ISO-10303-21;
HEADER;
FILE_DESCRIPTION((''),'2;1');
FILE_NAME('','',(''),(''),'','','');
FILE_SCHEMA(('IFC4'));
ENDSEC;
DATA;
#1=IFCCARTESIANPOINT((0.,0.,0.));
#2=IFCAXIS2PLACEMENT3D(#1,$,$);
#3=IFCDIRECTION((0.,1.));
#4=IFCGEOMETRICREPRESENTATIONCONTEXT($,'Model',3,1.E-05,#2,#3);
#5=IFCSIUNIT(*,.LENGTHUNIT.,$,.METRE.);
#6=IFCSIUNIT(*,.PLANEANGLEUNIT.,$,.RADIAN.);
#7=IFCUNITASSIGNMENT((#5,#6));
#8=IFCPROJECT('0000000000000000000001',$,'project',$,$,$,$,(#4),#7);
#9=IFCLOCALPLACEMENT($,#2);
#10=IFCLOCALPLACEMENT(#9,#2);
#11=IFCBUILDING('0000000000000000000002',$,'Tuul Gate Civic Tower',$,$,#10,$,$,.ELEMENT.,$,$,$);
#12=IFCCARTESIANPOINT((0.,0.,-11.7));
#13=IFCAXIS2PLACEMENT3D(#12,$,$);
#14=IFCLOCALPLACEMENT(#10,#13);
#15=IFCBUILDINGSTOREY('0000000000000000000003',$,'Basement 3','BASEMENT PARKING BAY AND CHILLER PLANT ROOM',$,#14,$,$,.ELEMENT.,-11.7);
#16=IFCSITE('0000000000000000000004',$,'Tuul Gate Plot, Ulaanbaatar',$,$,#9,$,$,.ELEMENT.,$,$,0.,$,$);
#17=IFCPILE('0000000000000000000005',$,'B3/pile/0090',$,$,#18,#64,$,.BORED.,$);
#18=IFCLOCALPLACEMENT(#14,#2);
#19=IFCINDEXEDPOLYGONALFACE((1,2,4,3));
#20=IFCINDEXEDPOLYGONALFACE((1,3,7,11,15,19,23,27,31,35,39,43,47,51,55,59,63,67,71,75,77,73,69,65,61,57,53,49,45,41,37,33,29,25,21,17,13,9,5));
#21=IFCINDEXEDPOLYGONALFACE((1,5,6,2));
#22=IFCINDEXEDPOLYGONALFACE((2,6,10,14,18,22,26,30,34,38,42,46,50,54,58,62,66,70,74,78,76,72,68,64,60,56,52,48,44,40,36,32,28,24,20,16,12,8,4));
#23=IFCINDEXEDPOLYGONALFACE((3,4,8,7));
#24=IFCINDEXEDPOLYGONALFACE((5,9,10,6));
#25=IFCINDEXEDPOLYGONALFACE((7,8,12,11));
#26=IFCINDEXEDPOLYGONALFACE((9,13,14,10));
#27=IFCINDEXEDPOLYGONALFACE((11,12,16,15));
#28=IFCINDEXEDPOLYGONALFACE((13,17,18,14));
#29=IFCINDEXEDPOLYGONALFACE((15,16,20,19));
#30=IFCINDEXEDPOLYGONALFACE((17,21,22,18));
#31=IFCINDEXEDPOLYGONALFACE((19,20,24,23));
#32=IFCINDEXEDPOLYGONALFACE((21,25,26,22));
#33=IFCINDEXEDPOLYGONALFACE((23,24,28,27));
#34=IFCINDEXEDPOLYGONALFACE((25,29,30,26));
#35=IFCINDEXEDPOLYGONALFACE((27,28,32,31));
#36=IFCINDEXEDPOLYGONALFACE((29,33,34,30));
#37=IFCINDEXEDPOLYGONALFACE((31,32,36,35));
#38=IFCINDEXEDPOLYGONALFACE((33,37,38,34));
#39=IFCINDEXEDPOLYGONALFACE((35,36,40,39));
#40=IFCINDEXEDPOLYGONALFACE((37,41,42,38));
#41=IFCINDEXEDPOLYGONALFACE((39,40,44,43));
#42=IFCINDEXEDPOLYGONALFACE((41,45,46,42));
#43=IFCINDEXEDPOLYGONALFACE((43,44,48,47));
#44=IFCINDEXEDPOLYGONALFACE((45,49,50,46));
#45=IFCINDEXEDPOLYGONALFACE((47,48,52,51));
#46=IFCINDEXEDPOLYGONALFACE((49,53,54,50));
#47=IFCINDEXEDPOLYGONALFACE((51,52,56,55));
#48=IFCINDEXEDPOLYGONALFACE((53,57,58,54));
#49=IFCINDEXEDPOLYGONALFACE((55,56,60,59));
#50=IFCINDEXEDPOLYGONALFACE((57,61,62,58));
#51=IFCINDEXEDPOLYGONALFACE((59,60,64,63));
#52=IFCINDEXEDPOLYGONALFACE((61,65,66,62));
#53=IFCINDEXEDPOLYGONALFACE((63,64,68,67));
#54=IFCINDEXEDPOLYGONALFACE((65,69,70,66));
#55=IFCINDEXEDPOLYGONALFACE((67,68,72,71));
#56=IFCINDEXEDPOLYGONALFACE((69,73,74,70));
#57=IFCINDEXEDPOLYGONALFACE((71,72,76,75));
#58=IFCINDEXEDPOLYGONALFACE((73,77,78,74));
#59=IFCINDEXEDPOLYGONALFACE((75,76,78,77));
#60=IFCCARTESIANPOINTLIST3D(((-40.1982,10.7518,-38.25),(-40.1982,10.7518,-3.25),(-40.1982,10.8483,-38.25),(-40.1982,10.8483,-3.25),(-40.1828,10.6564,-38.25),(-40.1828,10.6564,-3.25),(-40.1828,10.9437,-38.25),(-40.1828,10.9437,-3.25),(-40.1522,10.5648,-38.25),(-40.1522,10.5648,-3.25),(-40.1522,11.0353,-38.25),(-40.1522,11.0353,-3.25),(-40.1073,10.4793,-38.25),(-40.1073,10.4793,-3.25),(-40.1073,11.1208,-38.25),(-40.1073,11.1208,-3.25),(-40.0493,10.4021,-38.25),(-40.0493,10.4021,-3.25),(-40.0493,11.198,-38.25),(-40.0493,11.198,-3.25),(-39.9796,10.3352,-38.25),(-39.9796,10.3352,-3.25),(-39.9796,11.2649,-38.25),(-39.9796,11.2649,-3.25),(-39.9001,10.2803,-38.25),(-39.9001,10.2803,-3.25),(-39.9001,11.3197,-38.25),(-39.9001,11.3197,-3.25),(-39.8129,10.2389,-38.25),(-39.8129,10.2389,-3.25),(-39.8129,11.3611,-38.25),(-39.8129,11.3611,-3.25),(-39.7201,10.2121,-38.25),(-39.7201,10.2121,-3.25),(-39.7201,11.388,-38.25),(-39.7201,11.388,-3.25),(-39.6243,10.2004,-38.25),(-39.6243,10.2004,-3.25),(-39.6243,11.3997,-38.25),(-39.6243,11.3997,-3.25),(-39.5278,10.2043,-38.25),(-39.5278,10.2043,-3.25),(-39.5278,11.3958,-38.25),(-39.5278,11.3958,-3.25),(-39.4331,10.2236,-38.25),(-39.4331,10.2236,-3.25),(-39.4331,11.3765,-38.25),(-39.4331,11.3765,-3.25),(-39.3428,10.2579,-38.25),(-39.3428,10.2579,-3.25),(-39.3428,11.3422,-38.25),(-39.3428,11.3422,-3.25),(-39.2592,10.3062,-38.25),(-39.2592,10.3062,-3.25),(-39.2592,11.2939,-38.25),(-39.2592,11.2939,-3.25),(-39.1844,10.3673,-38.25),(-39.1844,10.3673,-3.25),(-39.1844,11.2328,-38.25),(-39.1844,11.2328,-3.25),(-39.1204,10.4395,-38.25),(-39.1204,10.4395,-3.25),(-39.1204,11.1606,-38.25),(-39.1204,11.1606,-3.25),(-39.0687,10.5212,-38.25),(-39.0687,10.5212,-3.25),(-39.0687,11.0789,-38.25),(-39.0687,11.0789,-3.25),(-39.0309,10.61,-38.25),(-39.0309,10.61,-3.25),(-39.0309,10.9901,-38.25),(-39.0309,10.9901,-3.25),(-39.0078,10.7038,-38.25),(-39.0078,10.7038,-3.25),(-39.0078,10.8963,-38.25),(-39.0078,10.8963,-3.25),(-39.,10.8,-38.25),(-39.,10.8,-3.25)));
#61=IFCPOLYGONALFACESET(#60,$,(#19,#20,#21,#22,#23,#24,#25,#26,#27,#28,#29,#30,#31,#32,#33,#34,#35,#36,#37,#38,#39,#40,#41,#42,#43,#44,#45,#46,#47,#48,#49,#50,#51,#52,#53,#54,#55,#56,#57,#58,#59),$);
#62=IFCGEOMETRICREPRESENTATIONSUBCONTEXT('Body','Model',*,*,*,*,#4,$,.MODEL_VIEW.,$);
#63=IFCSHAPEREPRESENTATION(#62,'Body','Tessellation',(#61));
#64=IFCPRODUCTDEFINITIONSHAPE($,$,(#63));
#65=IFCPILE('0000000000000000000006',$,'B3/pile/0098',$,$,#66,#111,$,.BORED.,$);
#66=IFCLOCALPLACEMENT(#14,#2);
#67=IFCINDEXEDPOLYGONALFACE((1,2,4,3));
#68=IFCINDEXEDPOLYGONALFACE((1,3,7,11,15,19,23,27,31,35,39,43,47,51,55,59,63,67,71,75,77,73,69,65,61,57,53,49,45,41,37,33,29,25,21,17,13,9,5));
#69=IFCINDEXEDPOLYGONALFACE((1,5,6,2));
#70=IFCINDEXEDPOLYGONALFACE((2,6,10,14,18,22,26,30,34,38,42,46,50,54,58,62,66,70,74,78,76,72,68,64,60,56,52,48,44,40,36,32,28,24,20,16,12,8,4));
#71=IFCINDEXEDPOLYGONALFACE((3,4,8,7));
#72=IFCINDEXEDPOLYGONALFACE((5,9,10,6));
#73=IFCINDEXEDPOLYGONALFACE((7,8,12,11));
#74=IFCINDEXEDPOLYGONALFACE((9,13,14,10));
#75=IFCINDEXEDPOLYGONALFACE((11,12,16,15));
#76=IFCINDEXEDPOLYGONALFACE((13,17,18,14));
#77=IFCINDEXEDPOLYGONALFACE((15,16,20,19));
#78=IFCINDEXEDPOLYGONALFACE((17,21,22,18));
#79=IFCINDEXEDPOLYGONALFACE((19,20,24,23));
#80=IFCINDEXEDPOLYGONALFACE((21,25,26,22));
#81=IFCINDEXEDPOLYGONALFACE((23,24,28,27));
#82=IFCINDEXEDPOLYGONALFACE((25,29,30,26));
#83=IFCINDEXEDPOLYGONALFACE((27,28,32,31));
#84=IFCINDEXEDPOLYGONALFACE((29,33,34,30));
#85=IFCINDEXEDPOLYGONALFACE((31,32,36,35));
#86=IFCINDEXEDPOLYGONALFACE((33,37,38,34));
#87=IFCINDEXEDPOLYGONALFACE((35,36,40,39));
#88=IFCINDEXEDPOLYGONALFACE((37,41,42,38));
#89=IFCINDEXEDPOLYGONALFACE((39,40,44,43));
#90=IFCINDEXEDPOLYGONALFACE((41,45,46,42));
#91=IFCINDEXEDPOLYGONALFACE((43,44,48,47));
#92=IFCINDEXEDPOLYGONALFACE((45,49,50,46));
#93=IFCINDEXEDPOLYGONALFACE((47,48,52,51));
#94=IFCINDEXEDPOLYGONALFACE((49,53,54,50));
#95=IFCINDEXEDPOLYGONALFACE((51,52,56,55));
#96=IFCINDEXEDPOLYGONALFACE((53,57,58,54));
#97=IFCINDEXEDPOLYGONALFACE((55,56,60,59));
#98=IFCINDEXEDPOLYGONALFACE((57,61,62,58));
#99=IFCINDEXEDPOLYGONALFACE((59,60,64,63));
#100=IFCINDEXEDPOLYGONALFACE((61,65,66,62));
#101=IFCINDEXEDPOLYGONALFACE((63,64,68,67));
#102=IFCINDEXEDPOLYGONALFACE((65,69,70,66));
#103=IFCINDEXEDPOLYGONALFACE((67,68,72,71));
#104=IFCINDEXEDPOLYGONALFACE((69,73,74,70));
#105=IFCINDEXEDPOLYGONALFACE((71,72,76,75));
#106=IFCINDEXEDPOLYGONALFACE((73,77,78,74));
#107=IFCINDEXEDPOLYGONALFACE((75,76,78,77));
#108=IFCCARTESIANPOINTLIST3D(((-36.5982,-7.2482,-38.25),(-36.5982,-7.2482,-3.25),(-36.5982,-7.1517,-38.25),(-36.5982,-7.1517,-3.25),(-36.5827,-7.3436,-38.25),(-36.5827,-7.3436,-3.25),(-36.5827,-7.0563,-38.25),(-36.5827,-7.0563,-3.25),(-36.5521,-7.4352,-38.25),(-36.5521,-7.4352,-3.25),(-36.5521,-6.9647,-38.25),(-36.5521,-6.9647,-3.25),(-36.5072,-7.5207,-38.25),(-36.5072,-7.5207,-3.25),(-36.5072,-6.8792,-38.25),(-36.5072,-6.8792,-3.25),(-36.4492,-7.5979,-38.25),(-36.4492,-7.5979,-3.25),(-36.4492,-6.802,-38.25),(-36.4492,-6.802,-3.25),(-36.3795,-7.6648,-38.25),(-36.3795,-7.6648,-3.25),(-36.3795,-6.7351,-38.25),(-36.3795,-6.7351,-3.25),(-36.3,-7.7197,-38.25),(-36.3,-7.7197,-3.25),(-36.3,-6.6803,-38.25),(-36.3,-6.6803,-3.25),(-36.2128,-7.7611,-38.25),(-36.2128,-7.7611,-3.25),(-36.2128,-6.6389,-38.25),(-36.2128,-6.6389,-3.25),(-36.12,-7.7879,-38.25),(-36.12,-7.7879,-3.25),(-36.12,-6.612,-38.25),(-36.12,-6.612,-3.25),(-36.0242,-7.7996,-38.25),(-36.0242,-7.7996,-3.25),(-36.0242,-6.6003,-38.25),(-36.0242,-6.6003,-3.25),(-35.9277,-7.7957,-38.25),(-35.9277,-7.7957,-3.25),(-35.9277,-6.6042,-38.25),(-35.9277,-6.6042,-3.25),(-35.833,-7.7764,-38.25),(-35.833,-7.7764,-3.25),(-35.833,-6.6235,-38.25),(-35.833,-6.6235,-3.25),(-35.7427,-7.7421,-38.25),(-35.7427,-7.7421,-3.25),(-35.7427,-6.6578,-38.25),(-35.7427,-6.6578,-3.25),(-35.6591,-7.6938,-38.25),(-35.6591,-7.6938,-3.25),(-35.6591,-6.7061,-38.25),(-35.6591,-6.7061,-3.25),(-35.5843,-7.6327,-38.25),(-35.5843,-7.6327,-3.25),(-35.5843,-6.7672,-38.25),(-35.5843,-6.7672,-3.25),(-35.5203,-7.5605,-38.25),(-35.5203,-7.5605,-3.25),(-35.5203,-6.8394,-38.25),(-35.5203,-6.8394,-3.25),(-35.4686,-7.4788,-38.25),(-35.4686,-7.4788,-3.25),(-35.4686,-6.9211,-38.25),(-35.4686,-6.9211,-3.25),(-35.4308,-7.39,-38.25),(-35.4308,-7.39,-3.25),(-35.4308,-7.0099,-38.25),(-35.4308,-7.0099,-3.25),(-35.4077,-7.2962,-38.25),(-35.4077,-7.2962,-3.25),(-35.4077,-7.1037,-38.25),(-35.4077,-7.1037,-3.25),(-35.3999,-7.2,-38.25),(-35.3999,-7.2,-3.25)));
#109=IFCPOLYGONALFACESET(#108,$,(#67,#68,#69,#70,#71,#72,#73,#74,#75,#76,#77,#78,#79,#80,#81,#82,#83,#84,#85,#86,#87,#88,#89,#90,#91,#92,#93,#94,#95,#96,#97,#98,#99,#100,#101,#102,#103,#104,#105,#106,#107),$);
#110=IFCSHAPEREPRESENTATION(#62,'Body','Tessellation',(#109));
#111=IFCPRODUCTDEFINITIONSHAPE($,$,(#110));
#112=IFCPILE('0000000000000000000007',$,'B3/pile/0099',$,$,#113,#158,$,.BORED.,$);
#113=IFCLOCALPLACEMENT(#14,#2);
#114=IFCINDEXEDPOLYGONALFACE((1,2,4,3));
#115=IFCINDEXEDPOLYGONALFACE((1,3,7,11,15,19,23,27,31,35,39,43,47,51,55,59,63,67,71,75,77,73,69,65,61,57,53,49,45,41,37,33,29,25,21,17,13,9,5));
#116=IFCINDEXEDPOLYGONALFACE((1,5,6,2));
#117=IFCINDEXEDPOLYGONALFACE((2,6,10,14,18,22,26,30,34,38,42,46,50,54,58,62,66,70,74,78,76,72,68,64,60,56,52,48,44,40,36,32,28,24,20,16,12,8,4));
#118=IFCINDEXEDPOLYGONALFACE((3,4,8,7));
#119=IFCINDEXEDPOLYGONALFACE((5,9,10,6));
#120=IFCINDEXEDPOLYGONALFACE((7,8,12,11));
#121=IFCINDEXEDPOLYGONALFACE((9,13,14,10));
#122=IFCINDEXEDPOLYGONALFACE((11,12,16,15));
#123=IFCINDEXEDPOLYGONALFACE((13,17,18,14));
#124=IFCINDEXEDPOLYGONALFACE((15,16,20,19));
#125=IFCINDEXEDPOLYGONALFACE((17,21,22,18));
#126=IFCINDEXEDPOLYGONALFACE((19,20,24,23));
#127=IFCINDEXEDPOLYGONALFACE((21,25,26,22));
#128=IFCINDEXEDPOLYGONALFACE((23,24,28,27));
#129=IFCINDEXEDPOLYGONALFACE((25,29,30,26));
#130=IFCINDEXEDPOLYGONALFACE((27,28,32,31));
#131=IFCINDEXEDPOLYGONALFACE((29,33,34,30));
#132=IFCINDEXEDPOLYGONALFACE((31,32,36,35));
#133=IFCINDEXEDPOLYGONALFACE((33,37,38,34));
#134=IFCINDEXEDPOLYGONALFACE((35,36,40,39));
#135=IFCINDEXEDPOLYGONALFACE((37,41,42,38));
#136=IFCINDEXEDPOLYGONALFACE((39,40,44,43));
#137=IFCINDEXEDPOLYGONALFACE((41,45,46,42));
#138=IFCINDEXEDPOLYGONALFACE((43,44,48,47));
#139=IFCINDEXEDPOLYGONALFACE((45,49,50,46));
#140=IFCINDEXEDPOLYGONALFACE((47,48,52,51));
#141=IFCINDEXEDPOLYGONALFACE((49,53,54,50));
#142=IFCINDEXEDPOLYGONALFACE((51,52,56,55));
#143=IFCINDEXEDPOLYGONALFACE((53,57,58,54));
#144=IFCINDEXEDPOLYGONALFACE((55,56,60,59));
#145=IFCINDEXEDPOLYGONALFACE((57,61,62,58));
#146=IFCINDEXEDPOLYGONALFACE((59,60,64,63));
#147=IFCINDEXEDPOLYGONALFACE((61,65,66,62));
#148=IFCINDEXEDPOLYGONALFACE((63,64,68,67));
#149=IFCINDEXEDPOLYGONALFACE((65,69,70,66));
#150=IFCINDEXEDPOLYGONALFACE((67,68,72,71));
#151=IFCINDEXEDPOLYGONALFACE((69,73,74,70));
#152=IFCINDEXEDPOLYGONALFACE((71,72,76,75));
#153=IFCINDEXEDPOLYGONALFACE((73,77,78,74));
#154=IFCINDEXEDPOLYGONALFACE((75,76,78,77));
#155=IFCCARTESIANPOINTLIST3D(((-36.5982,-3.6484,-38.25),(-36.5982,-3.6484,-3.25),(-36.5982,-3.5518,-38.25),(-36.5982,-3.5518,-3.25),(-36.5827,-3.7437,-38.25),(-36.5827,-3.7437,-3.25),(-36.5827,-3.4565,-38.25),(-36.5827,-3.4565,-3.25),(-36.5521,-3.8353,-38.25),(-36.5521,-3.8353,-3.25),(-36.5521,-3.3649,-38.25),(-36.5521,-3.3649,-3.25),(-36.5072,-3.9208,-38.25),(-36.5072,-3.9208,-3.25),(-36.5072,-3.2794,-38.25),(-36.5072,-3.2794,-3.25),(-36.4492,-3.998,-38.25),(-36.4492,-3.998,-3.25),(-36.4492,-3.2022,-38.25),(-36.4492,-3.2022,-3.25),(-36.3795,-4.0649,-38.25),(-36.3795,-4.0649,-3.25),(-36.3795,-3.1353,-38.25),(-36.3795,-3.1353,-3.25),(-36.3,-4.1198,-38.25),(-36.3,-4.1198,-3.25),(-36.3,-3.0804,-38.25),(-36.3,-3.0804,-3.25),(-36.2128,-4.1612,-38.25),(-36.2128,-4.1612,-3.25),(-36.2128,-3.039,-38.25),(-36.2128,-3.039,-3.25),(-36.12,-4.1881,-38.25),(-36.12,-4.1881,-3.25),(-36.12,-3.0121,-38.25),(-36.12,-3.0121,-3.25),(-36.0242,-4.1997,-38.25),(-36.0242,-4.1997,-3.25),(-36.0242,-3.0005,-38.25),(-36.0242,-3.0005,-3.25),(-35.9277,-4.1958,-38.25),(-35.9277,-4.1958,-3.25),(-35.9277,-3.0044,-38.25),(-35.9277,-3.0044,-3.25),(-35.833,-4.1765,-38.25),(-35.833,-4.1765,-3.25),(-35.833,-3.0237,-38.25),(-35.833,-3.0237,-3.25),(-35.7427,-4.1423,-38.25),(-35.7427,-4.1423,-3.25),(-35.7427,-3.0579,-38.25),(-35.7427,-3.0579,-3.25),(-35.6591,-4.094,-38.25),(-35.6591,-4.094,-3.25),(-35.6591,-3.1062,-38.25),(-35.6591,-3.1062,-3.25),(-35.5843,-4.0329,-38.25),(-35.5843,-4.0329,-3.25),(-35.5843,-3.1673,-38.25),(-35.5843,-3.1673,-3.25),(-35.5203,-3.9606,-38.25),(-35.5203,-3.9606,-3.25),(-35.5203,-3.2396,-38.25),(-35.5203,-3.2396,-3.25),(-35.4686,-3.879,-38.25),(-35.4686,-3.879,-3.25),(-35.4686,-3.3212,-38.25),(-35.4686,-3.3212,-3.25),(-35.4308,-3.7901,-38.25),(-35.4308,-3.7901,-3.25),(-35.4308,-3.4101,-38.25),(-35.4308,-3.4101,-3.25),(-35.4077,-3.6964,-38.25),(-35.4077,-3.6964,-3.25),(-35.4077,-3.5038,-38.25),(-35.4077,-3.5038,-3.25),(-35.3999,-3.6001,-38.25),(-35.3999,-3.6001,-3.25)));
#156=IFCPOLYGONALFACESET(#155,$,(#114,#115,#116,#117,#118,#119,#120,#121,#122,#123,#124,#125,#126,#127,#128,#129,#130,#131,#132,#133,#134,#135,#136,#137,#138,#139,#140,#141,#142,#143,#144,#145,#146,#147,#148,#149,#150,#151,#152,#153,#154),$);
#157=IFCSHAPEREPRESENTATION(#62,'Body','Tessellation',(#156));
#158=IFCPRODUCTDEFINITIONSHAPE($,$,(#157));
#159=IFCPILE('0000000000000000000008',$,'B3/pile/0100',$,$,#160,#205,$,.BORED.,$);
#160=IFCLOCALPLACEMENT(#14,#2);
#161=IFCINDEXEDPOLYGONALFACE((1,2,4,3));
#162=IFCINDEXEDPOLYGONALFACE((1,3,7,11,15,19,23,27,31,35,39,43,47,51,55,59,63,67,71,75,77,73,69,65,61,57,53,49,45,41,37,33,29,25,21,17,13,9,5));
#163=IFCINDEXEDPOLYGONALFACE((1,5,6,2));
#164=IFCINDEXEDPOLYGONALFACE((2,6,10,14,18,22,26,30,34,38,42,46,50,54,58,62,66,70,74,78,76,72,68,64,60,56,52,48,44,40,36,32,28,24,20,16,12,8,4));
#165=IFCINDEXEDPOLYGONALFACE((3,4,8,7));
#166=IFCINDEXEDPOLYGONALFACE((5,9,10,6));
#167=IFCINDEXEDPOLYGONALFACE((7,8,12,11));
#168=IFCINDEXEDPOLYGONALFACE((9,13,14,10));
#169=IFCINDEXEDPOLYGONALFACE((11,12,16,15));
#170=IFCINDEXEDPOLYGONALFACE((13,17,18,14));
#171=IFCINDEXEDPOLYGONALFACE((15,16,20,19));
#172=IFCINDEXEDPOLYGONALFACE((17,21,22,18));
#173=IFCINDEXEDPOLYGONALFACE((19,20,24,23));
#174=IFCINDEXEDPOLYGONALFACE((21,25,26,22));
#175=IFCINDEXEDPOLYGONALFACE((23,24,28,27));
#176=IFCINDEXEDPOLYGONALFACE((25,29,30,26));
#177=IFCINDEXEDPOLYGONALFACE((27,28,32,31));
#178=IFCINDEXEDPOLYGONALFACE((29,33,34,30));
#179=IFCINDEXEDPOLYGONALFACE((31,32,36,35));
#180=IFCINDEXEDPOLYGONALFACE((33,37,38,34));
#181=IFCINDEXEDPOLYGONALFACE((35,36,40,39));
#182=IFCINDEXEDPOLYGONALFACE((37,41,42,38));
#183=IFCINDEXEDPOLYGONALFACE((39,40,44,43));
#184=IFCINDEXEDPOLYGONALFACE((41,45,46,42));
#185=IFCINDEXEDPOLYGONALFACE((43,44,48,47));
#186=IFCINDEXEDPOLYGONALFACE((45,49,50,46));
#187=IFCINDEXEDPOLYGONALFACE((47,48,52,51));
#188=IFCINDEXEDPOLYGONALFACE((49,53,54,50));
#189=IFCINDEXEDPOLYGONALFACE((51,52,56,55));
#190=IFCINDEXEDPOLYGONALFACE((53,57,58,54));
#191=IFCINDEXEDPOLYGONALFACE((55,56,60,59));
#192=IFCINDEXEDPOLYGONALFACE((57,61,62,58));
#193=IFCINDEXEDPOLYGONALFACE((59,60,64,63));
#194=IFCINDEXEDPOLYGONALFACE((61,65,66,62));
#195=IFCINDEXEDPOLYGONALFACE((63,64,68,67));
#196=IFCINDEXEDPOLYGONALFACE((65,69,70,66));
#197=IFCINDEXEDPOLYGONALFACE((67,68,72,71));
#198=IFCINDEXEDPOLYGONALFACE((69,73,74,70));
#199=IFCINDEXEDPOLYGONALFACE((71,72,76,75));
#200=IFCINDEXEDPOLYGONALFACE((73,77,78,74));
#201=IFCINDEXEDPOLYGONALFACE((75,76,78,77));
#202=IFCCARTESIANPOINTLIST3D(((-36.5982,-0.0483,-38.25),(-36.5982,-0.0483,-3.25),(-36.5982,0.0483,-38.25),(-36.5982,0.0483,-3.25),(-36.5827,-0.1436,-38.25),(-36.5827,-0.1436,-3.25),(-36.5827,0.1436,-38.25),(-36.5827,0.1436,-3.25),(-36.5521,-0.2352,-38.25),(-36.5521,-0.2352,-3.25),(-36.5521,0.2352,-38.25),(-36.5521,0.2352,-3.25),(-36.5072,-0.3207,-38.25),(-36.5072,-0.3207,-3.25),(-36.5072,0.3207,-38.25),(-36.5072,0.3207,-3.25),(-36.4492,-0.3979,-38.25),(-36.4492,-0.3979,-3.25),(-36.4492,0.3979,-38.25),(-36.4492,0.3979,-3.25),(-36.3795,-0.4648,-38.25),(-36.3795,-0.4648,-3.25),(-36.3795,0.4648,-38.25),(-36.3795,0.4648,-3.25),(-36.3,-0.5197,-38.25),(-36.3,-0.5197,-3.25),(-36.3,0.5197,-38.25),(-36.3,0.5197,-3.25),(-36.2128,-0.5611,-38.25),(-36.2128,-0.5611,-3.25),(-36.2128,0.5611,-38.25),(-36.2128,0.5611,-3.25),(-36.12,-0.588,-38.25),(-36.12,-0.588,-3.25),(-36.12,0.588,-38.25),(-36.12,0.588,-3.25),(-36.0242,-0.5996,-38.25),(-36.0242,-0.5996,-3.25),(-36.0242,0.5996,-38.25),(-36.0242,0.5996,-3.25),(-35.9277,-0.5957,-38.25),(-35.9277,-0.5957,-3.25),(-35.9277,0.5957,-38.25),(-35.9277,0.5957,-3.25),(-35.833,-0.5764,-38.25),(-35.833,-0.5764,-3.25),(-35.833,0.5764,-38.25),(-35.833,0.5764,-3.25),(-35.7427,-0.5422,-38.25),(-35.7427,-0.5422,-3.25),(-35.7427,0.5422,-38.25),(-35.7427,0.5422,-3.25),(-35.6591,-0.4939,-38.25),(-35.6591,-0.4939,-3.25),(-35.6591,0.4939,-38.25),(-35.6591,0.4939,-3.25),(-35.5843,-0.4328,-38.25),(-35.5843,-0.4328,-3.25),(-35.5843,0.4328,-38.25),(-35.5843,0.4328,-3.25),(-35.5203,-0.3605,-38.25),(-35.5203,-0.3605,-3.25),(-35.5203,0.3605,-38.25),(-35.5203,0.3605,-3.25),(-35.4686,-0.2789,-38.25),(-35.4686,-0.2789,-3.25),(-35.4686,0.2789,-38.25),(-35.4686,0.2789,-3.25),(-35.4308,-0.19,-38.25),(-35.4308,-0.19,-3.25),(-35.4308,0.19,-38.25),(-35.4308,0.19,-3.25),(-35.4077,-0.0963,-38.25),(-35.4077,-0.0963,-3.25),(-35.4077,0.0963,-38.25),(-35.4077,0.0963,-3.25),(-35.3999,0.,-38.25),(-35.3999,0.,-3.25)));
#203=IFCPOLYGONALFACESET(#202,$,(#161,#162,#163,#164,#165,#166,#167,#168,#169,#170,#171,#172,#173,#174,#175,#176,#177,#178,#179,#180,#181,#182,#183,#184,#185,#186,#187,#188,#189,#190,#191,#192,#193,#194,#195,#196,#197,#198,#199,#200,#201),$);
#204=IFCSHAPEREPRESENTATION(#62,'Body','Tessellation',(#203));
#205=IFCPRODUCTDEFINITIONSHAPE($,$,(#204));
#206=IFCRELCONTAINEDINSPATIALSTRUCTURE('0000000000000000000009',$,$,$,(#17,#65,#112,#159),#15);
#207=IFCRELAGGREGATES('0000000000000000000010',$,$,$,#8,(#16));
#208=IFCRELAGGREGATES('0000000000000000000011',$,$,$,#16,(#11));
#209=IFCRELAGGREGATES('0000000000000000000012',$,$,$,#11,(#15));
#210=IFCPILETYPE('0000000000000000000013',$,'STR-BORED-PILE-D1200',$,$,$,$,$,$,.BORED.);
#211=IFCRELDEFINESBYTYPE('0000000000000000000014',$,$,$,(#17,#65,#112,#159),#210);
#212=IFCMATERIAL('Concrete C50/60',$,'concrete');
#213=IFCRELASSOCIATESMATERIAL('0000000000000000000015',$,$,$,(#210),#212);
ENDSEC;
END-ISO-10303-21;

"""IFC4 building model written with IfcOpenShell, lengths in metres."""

from ifc_helpers import new_model, si_unit, direction, frame, origin, origin_2d, place, context, subcontext, project, spatial, circle, extrude, material, material_profile, profile_set, type_object, element, save


model = new_model("IFC4")

# Units and contexts
model_context = context("Model", 3, precision=1e-05, world=origin(), true_north=direction((0.0, 1.0)))
body_context = subcontext(model_context, "Body", "Model", "MODEL_VIEW")
ifc_project = project(units=[si_unit("LENGTHUNIT", "METRE"), si_unit("PLANEANGLEUNIT", "RADIAN")], contexts=[model_context])

# Site, building, storey
site_placement = place(None, origin())
site = spatial("IfcSite", under=ifc_project, at=site_placement, Name="Tuul Gate Plot, Ulaanbaatar", CompositionType="ELEMENT", RefElevation=0.0)
building_placement = place(site_placement, origin())
building = spatial("IfcBuilding", under=site, at=building_placement, Name="Tuul Gate Civic Tower", CompositionType="ELEMENT")
storey_placement = place(building_placement, frame((0.0, 0.0, -11.7)))
storey = spatial("IfcBuildingStorey", under=building, at=storey_placement, Name="Basement 3", Description="BASEMENT PARKING BAY AND CHILLER PLANT ROOM", CompositionType="ELEMENT", Elevation=-11.7)

# Piles
ifc_material_1 = material(Name="Concrete C50/60", Category="concrete")
ifc_material_profile_1 = material_profile(ifc_material_1, circle(Radius=0.6001, at=origin_2d()), Name="PILE1200")
ifc_profile_set_1 = profile_set([ifc_material_profile_1], Name="Concrete C50/60")
pile_type = type_object("IfcPileType", Name="STR-BORED-PILE-D1200", PredefinedType="BORED", material=ifc_profile_set_1)
for number, where, z_axis, x_axis, name in (
    (1, (-39.6001, 10.8, -3.25), (0.0, 0.0, -1.0), (1.0, 0.0, 0.0), "B3/pile/0090"),
    (2, (-36.0, -7.2, -3.25), (0.0, 0.0, -1.0), (1.0, 0.0, 0.0), "B3/pile/0098"),
    (3, (-36.0, -3.6001, -3.25), (0.0, 0.0, -1.0), (1.0, 0.0, 0.0), "B3/pile/0099"),
    (4, (-36.0, 0.0, -3.25), (0.0, 0.0, -1.0), (1.0, 0.0, 0.0), "B3/pile/0100"),
):
    element("IfcPile", number, at=place(storey_placement, frame(where, z_axis=z_axis, x_axis=x_axis)), inside=storey, type_object=pile_type, Name=name, PredefinedType="BORED", context=body_context, shape_type="SweptSolid", body=[
        extrude(circle(Radius=0.6001, at=origin_2d()), origin(), (0.0, 0.0, 1.0), 35.0),
    ])

save(model, "model.ifc")
